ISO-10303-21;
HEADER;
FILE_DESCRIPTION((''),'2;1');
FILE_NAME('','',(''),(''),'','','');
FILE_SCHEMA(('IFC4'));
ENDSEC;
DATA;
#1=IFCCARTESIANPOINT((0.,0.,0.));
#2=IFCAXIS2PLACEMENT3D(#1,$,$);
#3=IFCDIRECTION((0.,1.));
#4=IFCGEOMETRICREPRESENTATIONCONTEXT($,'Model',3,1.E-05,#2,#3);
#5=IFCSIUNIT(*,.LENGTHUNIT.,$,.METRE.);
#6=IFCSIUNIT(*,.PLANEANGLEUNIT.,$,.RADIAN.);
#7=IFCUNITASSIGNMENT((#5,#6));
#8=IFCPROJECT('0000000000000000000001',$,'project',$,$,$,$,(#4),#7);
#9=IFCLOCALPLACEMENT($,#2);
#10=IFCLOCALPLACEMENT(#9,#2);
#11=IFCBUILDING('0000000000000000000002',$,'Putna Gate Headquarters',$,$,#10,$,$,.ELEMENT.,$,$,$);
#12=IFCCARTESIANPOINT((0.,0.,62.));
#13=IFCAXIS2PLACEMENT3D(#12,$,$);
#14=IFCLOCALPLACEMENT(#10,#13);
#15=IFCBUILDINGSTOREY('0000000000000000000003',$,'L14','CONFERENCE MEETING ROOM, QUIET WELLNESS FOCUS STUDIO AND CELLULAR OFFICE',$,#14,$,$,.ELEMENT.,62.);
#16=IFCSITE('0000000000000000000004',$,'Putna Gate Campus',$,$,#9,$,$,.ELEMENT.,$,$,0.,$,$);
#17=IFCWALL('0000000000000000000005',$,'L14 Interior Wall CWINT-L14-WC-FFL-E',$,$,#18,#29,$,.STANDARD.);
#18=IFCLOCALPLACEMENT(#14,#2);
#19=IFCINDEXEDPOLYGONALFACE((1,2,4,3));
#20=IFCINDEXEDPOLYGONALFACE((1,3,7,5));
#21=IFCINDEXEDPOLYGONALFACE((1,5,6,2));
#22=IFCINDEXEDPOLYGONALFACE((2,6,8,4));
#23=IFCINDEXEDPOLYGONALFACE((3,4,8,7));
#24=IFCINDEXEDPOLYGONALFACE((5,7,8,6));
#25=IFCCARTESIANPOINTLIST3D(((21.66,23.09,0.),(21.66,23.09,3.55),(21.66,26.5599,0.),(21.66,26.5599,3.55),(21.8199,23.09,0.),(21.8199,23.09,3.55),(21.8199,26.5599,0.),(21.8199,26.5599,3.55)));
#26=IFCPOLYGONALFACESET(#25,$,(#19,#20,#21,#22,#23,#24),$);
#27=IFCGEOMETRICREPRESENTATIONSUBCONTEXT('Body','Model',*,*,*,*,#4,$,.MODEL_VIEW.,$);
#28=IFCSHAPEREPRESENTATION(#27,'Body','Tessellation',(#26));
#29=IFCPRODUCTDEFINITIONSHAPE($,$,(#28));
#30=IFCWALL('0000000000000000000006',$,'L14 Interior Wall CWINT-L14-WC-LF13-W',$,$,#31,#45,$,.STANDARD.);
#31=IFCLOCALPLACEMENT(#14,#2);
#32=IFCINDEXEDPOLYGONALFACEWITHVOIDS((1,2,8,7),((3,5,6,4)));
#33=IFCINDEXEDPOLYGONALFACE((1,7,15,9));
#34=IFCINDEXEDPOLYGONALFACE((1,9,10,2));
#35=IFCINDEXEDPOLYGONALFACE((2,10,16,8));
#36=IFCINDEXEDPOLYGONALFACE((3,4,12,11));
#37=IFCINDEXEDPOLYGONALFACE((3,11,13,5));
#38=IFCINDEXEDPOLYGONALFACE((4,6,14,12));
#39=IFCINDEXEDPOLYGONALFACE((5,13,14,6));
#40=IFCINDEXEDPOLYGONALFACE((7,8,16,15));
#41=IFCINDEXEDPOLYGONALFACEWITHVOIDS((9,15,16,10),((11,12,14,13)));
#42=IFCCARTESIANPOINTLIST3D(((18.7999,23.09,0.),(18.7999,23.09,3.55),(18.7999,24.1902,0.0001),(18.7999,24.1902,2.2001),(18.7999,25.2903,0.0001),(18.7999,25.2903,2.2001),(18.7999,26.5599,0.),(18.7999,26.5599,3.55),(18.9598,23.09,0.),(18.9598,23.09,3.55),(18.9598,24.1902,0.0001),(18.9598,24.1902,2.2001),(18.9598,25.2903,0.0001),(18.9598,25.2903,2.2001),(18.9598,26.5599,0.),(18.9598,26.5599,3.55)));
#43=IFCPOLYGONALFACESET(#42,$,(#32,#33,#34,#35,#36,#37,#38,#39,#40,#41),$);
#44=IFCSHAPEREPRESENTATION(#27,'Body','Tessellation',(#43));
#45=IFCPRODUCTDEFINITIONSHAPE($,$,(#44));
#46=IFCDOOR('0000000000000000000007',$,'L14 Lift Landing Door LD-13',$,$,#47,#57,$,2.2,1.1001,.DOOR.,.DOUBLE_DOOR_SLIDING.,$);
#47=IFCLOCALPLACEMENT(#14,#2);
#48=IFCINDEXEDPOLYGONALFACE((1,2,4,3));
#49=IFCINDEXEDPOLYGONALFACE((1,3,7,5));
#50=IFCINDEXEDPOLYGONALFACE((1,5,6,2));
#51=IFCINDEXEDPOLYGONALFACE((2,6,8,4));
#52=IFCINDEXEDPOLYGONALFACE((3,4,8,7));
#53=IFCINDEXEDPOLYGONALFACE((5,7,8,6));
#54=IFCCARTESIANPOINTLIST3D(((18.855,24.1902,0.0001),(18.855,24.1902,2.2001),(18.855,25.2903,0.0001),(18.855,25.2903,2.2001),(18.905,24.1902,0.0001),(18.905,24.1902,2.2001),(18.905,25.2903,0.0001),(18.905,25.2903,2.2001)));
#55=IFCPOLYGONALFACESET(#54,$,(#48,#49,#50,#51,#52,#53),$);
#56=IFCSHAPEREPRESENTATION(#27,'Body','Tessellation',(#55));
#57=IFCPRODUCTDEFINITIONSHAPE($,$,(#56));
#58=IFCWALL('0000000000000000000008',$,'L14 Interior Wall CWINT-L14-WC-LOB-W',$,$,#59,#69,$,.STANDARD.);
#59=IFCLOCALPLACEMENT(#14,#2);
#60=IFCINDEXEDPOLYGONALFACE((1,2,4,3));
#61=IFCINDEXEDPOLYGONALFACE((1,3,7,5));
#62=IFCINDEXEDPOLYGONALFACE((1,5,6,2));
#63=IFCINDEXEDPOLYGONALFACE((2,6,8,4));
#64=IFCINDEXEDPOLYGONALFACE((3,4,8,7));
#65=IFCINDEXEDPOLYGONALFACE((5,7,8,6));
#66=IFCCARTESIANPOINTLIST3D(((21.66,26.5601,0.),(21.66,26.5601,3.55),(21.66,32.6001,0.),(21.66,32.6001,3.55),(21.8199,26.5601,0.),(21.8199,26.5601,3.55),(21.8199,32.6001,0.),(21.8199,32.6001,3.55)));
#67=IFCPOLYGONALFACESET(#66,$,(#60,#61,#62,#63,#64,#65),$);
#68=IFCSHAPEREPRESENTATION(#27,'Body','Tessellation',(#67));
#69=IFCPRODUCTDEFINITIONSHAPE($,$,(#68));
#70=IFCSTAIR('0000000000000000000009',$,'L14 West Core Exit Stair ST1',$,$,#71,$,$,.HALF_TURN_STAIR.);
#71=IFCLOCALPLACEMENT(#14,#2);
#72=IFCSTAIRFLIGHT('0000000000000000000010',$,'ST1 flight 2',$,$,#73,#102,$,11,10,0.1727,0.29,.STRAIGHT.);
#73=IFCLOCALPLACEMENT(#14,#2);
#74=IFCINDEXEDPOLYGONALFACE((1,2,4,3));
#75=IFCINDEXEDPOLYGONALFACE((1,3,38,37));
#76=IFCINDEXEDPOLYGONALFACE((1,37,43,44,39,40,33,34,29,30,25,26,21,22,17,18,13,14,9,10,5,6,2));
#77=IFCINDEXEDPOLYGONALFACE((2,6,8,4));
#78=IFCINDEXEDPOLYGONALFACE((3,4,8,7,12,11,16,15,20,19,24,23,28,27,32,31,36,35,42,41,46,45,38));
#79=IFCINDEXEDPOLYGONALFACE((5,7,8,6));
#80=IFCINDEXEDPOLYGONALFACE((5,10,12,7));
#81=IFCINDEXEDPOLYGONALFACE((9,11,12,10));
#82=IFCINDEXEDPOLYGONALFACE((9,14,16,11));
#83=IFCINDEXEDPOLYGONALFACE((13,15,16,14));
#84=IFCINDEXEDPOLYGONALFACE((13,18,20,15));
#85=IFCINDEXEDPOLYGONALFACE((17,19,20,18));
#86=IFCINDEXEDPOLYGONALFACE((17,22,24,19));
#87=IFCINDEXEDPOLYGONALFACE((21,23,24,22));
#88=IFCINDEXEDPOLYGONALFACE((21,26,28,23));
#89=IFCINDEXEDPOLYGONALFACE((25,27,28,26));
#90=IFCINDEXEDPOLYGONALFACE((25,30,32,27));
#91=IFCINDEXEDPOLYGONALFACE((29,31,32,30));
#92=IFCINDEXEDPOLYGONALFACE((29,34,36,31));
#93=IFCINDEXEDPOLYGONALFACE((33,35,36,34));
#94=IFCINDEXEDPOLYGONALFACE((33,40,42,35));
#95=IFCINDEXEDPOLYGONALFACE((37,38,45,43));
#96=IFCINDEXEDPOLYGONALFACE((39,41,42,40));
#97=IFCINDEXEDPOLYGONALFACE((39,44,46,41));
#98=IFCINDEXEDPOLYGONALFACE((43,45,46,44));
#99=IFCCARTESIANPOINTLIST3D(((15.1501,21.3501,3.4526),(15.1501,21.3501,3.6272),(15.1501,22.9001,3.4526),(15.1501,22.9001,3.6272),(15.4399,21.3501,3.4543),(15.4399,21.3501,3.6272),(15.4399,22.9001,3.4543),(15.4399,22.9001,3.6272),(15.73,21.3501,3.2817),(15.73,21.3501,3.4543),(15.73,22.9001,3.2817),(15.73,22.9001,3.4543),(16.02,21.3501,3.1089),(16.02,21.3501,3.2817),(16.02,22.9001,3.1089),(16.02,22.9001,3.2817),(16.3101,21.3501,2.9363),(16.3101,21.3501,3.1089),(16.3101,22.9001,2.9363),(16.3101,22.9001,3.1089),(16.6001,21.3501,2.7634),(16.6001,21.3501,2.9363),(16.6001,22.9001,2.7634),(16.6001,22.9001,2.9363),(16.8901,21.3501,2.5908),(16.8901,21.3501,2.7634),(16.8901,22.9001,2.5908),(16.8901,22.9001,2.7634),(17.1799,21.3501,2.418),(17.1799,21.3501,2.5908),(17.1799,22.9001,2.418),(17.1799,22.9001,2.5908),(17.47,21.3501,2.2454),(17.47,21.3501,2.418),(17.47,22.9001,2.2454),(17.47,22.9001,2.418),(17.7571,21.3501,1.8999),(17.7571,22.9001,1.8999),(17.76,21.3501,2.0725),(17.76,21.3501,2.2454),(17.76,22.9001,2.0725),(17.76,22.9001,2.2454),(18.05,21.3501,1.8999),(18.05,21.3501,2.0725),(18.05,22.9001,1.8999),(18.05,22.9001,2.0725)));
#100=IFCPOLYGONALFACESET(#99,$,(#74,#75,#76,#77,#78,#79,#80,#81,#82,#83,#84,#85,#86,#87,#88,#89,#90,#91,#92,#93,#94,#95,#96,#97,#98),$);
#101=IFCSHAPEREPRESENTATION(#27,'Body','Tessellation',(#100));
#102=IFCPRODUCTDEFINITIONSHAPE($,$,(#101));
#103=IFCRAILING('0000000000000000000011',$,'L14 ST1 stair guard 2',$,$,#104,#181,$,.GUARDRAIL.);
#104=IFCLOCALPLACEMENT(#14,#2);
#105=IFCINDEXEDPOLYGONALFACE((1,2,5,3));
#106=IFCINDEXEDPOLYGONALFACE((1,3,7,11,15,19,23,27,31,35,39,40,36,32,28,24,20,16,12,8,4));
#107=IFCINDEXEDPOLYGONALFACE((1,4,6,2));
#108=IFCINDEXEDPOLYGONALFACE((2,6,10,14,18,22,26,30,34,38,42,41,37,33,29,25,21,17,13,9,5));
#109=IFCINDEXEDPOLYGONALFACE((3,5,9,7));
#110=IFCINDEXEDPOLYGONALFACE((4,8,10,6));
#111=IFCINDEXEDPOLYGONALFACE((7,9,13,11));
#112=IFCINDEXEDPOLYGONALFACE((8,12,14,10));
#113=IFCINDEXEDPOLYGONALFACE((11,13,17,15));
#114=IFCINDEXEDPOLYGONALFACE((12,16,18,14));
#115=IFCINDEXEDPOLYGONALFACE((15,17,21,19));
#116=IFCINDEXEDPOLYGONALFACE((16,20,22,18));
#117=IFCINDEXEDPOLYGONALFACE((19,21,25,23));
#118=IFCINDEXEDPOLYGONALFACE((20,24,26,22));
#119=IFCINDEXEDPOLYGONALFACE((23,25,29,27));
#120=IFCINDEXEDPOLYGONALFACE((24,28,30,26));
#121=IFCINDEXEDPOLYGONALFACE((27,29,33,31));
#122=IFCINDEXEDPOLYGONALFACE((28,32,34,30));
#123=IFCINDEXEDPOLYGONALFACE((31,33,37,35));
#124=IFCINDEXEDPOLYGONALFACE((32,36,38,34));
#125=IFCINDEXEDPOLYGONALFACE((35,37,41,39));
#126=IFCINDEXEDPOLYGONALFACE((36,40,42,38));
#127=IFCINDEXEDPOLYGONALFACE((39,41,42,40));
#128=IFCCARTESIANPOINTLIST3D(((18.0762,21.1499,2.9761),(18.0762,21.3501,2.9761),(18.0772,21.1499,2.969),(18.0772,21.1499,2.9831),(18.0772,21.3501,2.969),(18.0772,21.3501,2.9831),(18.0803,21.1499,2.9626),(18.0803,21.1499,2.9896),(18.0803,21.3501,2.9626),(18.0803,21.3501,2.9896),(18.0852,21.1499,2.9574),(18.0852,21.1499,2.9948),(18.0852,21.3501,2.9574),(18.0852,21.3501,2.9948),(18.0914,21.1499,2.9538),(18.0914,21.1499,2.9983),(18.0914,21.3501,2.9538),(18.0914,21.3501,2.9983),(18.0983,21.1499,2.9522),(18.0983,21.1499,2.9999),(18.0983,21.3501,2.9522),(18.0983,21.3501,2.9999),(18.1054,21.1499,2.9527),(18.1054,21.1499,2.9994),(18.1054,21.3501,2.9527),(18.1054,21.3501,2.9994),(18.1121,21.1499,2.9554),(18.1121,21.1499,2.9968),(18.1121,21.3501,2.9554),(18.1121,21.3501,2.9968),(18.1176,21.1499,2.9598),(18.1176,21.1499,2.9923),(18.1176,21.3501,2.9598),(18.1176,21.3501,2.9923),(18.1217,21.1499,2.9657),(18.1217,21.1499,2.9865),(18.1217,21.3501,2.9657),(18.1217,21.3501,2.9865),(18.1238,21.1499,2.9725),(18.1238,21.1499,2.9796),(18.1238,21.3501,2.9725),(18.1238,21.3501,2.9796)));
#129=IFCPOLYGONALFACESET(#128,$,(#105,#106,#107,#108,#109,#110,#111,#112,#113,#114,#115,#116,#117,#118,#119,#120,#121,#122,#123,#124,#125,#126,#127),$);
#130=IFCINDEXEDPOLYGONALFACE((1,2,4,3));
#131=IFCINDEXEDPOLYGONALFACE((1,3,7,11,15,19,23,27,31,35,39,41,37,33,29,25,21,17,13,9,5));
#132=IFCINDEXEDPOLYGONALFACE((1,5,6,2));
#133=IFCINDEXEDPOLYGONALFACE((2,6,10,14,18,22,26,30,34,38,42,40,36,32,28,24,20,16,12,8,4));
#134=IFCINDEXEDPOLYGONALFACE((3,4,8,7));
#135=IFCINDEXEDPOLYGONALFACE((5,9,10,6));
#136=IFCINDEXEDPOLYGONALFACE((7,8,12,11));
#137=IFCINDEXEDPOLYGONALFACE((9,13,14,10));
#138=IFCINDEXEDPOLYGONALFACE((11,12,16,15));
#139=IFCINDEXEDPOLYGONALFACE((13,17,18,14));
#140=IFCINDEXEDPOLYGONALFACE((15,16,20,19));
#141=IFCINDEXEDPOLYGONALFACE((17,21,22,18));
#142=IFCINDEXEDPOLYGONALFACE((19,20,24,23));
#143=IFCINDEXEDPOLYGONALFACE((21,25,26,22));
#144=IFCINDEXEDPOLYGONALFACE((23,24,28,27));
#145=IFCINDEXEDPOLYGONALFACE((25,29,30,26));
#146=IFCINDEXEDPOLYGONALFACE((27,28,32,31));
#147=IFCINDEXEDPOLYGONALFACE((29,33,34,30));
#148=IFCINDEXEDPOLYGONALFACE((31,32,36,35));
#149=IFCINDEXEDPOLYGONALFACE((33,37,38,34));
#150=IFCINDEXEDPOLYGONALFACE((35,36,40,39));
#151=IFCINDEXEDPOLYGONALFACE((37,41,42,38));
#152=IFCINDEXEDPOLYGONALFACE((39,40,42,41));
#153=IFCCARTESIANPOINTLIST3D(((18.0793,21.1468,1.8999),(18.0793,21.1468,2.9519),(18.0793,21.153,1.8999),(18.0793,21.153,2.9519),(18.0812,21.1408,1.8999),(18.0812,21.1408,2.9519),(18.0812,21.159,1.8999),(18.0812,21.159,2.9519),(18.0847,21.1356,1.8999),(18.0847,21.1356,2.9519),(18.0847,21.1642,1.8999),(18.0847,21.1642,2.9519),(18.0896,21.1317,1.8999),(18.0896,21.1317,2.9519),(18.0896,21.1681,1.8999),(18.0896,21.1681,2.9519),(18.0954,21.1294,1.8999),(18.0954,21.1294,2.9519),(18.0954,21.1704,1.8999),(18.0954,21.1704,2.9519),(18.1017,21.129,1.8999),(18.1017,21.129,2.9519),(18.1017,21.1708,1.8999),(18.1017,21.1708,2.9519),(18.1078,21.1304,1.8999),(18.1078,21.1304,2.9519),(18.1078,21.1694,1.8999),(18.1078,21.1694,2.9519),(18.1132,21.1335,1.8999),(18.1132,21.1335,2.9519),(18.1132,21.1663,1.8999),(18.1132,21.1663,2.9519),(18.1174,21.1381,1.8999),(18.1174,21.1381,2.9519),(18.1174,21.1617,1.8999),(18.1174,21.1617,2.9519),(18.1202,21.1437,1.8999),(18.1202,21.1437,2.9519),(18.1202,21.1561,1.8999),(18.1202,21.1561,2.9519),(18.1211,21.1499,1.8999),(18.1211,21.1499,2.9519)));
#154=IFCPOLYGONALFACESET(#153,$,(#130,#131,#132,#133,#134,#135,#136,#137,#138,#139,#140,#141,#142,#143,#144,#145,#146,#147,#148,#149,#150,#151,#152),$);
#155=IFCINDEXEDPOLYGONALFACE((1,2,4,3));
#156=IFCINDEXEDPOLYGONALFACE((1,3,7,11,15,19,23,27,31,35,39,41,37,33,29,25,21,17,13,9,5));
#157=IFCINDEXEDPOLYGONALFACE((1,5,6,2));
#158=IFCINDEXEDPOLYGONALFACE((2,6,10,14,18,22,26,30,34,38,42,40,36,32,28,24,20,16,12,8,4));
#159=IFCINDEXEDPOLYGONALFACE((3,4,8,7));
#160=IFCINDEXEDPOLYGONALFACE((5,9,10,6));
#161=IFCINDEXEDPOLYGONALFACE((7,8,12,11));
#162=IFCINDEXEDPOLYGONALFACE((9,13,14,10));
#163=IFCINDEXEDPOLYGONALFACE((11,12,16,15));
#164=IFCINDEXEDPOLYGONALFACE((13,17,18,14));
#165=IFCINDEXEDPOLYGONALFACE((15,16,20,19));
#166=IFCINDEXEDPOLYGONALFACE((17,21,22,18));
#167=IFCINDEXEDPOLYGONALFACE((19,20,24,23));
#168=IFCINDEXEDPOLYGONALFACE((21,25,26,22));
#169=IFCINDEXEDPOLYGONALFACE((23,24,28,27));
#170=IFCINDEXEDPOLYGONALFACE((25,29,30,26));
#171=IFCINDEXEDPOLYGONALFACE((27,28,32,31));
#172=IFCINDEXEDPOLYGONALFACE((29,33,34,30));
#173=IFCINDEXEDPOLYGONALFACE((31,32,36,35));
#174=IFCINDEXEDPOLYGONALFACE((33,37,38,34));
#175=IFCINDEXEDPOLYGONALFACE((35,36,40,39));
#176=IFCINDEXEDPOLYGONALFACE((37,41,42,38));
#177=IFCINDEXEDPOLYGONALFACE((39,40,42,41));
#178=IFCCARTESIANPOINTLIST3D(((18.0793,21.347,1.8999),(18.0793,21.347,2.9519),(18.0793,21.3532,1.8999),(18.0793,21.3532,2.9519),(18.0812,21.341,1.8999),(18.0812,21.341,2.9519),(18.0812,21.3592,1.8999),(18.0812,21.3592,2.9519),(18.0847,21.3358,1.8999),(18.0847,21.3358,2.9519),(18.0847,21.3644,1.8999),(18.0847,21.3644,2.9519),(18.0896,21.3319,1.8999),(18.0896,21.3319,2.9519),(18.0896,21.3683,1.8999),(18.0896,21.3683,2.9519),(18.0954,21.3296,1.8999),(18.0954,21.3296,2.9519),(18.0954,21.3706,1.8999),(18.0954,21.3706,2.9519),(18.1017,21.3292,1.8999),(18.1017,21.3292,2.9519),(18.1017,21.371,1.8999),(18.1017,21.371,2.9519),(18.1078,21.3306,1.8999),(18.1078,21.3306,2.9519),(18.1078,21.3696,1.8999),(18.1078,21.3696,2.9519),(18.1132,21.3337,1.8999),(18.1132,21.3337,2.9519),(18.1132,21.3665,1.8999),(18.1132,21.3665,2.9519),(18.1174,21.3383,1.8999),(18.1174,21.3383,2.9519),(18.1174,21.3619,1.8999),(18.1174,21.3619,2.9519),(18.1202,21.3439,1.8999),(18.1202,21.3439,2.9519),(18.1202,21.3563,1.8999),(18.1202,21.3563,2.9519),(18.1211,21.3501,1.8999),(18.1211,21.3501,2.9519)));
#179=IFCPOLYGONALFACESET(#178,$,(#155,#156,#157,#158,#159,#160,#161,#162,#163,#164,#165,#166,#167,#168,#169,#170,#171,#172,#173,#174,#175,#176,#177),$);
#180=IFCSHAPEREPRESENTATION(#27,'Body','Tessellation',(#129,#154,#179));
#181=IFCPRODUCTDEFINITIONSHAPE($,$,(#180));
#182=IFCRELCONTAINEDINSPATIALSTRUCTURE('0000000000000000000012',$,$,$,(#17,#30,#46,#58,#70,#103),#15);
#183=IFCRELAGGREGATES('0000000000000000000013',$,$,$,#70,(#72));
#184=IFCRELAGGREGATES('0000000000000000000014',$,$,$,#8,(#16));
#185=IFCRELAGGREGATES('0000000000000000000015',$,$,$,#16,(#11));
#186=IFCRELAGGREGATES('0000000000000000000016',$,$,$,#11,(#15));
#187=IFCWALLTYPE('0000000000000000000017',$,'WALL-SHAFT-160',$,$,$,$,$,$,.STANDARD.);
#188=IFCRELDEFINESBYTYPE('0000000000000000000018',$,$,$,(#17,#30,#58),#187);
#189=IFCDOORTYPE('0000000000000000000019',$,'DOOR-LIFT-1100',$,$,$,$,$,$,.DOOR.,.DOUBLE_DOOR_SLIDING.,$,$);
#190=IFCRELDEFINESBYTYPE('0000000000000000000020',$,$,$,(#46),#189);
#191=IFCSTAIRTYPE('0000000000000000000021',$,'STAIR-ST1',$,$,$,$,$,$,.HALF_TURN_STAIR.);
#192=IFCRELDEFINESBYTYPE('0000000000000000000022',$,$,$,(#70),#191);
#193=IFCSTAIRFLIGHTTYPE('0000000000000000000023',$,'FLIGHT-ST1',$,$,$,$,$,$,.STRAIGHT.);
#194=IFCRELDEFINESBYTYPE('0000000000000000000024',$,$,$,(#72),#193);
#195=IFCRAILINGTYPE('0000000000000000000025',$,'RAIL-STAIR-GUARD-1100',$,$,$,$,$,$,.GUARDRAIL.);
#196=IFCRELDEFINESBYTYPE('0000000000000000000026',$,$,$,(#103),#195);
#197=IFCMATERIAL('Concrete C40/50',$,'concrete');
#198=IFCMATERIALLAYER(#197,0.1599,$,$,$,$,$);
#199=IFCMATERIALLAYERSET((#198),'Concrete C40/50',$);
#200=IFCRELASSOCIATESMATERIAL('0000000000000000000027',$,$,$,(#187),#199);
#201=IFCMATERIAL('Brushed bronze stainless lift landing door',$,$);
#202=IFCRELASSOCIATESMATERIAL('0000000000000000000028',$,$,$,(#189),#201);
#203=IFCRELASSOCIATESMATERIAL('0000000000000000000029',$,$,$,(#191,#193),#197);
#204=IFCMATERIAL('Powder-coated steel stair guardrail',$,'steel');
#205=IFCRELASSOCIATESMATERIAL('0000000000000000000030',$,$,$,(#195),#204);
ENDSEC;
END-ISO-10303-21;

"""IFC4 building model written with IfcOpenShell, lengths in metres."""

from ifc_helpers import new_model, si_unit, direction, frame, frame_2d, origin, origin_2d, place, context, subcontext, project, spatial, polyline, rectangle, circle, outline, extrude, material, layer, layer_set, type_object, element, fill, aggregate, save


model = new_model("IFC4")

# Units and contexts
model_context = context("Model", 3, precision=1e-05, world=origin(), true_north=direction((0.0, 1.0)))
body_context = subcontext(model_context, "Body", "Model", "MODEL_VIEW")
ifc_project = project(units=[si_unit("LENGTHUNIT", "METRE"), si_unit("PLANEANGLEUNIT", "RADIAN")], contexts=[model_context])

# Site, building, storey
site_placement = place(None, origin())
site = spatial("IfcSite", under=ifc_project, at=site_placement, Name="Putna Gate Campus", CompositionType="ELEMENT", RefElevation=0.0)
building_placement = place(site_placement, origin())
building = spatial("IfcBuilding", under=site, at=building_placement, Name="Putna Gate Headquarters", CompositionType="ELEMENT")
storey_placement = place(building_placement, frame((0.0, 0.0, 62.0)))
storey = spatial("IfcBuildingStorey", under=building, at=storey_placement, Name="L14", Description="CONFERENCE MEETING ROOM, QUIET WELLNESS FOCUS STUDIO AND CELLULAR OFFICE", CompositionType="ELEMENT", Elevation=62.0)

# Wall
ifc_material_1 = material(Name="Concrete C40/50", Category="concrete")
ifc_layer_1 = layer(ifc_material_1, 0.1599)
ifc_layer_set_1 = layer_set([ifc_layer_1], Name="Concrete C40/50")
wall_type_1 = type_object("IfcWallType", Name="WALL-SHAFT-160", PredefinedType="STANDARD", material=ifc_layer_set_1)
wall_1_placement = place(storey_placement, frame((21.74, 23.0901, 0.0), z_axis=(0.0, 0.0, 1.0), x_axis=(0.0, 1.0, 0.0)))
element("IfcWall", 1, at=wall_1_placement, inside=storey, type_object=wall_type_1, Name="L14 Interior Wall CWINT-L14-WC-FFL-E", PredefinedType="STANDARD", context=body_context, shape_type="SweptSolid", body=[
    extrude(rectangle(XDim=3.47, YDim=0.1599, at=frame_2d((1.7349, 0.0))), origin(), (0.0, 0.0, 1.0), 3.55),
])

# Wall, opening, door
wall_2_placement = place(storey_placement, frame((18.8799, 23.0901, 0.0), z_axis=(0.0, 0.0, 1.0), x_axis=(0.0, 1.0, 0.0)))
wall_2 = element("IfcWall", 2, at=wall_2_placement, inside=storey, type_object=wall_type_1, Name="L14 Interior Wall CWINT-L14-WC-LF13-W", PredefinedType="STANDARD", context=body_context, shape_type="SweptSolid", body=[
    extrude(rectangle(XDim=3.47, YDim=0.1599, at=frame_2d((1.7349, 0.0))), origin(), (0.0, 0.0, 1.0), 3.55),
])
opening_1_placement = place(wall_2_placement, frame((1.1001, 0.0, 0.0)))
opening_1 = element("IfcOpeningElement", 3, at=opening_1_placement, cuts=wall_2, PredefinedType="OPENING", context=body_context, shape_type="SweptSolid", body=[
    extrude(rectangle(XDim=1.1001, YDim=2.2, at=frame_2d((0.55, 1.1001))), frame((0.0, 0.0898, 0.0), z_axis=(0.0, -1.0, 0.0), x_axis=(1.0, 0.0, 0.0)), (0.0, 0.0, 1.0), 0.1799),
])
ifc_material_2 = material(Name="Brushed bronze stainless lift landing door")
door_type_1 = type_object("IfcDoorType", Name="DOOR-LIFT-1100", OperationType="DOUBLE_DOOR_SLIDING", PredefinedType="DOOR", material=ifc_material_2)
door_1_placement = place(opening_1_placement, origin())
door_1 = element("IfcDoor", 4, at=door_1_placement, inside=storey, type_object=door_type_1, Name="L14 Lift Landing Door LD-13", OperationType="DOUBLE_DOOR_SLIDING", OverallHeight=2.2, OverallWidth=1.1001, PredefinedType="DOOR", context=body_context, shape_type="SweptSolid", body=[
    extrude(rectangle(XDim=1.1001, YDim=2.2, at=frame_2d((0.55, 1.1001))), frame((0.0, 0.0249, 0.0), z_axis=(0.0, -1.0, 0.0), x_axis=(1.0, 0.0, 0.0)), (0.0, 0.0, 1.0), 0.05),
])
fill(opening_1, door_1)

# Wall
wall_3_placement = place(storey_placement, frame((21.74, 26.5601, 0.0), z_axis=(0.0, 0.0, 1.0), x_axis=(0.0, 1.0, 0.0)))
element("IfcWall", 5, at=wall_3_placement, inside=storey, type_object=wall_type_1, Name="L14 Interior Wall CWINT-L14-WC-LOB-W", PredefinedType="STANDARD", context=body_context, shape_type="SweptSolid", body=[
    extrude(rectangle(XDim=6.04, YDim=0.1599, at=frame_2d((3.02, 0.0))), origin(), (0.0, 0.0, 1.0), 3.55),
])

# Stair, stair flight
stair_type = type_object("IfcStairType", Name="STAIR-ST1", PredefinedType="HALF_TURN_STAIR", material=ifc_material_1)
stair_placement = place(storey_placement, origin())
stair = element("IfcStair", 6, at=stair_placement, inside=storey, type_object=stair_type, Name="L14 West Core Exit Stair ST1", PredefinedType="HALF_TURN_STAIR")
stair_flight_type = type_object("IfcStairFlightType", Name="FLIGHT-ST1", PredefinedType="STRAIGHT", material=ifc_material_1)
stair_flight_placement = place(storey_placement, frame((18.05, 22.125, 1.8999), z_axis=(0.0, 0.0, 1.0), x_axis=(-1.0, 0.0, 0.0)))
stair_flight = element("IfcStairFlight", 7, at=stair_flight_placement, type_object=stair_flight_type, Name="ST1 flight 2", NumberOfRisers=11, NumberOfTreads=10, PredefinedType="STRAIGHT", RiserHeight=0.1727, TreadLength=0.29, context=body_context, shape_type="SweptSolid", body=[
    extrude(outline(polyline([(0.0, 0.0), (0.0, 0.1726), (0.29, 0.1726), (0.29, 0.3455), (0.5801, 0.3455), (0.5801, 0.5181), (0.8701, 0.5181), (0.8701, 0.6909), (1.1599, 0.6909), (1.1599, 0.8635), (1.45, 0.8635), (1.45, 1.0364), (1.74, 1.0364), (1.74, 1.209), (2.03, 1.209), (2.03, 1.3818), (2.3201, 1.3818), (2.3201, 1.5544), (2.6101, 1.5544), (2.6101, 1.7273), (2.8999, 1.7273), (2.8999, 1.8999), (2.8999, 1.5527), (0.293, 0.0), (0.0, 0.0)])), frame((0.0, 0.7749, 0.0), z_axis=(0.0, -1.0, 0.0), x_axis=(1.0, 0.0, 0.0)), (0.0, 0.0, 1.0), 1.55),
])
aggregate(stair, [stair_flight])

# Railing
ifc_material_3 = material(Name="Powder-coated steel stair guardrail", Category="steel")
railing_type_1 = type_object("IfcRailingType", Name="RAIL-STAIR-GUARD-1100", PredefinedType="GUARDRAIL", material=ifc_material_3)
railing_1_placement = place(storey_placement, frame((18.1001, 21.1499, 1.8999)))
element("IfcRailing", 8, at=railing_1_placement, inside=storey, type_object=railing_type_1, Name="L14 ST1 stair guard 2", PredefinedType="GUARDRAIL", context=body_context, shape_type="SweptSolid", body=[
    extrude(circle(Radius=0.0239, at=origin_2d()), frame((0.0, 0.0, 1.0762), z_axis=(0.0, 1.0, 0.0), x_axis=(-1.0, 0.0, 0.0)), (0.0, 0.0, 1.0), 0.2002),
    extrude(circle(Radius=0.021, at=origin_2d()), origin(), (0.0, 0.0, 1.0), 1.052),
    extrude(circle(Radius=0.021, at=origin_2d()), frame((0.0, 0.2002, 0.0)), (0.0, 0.0, 1.0), 1.052),
])

save(model, "model.ifc")
